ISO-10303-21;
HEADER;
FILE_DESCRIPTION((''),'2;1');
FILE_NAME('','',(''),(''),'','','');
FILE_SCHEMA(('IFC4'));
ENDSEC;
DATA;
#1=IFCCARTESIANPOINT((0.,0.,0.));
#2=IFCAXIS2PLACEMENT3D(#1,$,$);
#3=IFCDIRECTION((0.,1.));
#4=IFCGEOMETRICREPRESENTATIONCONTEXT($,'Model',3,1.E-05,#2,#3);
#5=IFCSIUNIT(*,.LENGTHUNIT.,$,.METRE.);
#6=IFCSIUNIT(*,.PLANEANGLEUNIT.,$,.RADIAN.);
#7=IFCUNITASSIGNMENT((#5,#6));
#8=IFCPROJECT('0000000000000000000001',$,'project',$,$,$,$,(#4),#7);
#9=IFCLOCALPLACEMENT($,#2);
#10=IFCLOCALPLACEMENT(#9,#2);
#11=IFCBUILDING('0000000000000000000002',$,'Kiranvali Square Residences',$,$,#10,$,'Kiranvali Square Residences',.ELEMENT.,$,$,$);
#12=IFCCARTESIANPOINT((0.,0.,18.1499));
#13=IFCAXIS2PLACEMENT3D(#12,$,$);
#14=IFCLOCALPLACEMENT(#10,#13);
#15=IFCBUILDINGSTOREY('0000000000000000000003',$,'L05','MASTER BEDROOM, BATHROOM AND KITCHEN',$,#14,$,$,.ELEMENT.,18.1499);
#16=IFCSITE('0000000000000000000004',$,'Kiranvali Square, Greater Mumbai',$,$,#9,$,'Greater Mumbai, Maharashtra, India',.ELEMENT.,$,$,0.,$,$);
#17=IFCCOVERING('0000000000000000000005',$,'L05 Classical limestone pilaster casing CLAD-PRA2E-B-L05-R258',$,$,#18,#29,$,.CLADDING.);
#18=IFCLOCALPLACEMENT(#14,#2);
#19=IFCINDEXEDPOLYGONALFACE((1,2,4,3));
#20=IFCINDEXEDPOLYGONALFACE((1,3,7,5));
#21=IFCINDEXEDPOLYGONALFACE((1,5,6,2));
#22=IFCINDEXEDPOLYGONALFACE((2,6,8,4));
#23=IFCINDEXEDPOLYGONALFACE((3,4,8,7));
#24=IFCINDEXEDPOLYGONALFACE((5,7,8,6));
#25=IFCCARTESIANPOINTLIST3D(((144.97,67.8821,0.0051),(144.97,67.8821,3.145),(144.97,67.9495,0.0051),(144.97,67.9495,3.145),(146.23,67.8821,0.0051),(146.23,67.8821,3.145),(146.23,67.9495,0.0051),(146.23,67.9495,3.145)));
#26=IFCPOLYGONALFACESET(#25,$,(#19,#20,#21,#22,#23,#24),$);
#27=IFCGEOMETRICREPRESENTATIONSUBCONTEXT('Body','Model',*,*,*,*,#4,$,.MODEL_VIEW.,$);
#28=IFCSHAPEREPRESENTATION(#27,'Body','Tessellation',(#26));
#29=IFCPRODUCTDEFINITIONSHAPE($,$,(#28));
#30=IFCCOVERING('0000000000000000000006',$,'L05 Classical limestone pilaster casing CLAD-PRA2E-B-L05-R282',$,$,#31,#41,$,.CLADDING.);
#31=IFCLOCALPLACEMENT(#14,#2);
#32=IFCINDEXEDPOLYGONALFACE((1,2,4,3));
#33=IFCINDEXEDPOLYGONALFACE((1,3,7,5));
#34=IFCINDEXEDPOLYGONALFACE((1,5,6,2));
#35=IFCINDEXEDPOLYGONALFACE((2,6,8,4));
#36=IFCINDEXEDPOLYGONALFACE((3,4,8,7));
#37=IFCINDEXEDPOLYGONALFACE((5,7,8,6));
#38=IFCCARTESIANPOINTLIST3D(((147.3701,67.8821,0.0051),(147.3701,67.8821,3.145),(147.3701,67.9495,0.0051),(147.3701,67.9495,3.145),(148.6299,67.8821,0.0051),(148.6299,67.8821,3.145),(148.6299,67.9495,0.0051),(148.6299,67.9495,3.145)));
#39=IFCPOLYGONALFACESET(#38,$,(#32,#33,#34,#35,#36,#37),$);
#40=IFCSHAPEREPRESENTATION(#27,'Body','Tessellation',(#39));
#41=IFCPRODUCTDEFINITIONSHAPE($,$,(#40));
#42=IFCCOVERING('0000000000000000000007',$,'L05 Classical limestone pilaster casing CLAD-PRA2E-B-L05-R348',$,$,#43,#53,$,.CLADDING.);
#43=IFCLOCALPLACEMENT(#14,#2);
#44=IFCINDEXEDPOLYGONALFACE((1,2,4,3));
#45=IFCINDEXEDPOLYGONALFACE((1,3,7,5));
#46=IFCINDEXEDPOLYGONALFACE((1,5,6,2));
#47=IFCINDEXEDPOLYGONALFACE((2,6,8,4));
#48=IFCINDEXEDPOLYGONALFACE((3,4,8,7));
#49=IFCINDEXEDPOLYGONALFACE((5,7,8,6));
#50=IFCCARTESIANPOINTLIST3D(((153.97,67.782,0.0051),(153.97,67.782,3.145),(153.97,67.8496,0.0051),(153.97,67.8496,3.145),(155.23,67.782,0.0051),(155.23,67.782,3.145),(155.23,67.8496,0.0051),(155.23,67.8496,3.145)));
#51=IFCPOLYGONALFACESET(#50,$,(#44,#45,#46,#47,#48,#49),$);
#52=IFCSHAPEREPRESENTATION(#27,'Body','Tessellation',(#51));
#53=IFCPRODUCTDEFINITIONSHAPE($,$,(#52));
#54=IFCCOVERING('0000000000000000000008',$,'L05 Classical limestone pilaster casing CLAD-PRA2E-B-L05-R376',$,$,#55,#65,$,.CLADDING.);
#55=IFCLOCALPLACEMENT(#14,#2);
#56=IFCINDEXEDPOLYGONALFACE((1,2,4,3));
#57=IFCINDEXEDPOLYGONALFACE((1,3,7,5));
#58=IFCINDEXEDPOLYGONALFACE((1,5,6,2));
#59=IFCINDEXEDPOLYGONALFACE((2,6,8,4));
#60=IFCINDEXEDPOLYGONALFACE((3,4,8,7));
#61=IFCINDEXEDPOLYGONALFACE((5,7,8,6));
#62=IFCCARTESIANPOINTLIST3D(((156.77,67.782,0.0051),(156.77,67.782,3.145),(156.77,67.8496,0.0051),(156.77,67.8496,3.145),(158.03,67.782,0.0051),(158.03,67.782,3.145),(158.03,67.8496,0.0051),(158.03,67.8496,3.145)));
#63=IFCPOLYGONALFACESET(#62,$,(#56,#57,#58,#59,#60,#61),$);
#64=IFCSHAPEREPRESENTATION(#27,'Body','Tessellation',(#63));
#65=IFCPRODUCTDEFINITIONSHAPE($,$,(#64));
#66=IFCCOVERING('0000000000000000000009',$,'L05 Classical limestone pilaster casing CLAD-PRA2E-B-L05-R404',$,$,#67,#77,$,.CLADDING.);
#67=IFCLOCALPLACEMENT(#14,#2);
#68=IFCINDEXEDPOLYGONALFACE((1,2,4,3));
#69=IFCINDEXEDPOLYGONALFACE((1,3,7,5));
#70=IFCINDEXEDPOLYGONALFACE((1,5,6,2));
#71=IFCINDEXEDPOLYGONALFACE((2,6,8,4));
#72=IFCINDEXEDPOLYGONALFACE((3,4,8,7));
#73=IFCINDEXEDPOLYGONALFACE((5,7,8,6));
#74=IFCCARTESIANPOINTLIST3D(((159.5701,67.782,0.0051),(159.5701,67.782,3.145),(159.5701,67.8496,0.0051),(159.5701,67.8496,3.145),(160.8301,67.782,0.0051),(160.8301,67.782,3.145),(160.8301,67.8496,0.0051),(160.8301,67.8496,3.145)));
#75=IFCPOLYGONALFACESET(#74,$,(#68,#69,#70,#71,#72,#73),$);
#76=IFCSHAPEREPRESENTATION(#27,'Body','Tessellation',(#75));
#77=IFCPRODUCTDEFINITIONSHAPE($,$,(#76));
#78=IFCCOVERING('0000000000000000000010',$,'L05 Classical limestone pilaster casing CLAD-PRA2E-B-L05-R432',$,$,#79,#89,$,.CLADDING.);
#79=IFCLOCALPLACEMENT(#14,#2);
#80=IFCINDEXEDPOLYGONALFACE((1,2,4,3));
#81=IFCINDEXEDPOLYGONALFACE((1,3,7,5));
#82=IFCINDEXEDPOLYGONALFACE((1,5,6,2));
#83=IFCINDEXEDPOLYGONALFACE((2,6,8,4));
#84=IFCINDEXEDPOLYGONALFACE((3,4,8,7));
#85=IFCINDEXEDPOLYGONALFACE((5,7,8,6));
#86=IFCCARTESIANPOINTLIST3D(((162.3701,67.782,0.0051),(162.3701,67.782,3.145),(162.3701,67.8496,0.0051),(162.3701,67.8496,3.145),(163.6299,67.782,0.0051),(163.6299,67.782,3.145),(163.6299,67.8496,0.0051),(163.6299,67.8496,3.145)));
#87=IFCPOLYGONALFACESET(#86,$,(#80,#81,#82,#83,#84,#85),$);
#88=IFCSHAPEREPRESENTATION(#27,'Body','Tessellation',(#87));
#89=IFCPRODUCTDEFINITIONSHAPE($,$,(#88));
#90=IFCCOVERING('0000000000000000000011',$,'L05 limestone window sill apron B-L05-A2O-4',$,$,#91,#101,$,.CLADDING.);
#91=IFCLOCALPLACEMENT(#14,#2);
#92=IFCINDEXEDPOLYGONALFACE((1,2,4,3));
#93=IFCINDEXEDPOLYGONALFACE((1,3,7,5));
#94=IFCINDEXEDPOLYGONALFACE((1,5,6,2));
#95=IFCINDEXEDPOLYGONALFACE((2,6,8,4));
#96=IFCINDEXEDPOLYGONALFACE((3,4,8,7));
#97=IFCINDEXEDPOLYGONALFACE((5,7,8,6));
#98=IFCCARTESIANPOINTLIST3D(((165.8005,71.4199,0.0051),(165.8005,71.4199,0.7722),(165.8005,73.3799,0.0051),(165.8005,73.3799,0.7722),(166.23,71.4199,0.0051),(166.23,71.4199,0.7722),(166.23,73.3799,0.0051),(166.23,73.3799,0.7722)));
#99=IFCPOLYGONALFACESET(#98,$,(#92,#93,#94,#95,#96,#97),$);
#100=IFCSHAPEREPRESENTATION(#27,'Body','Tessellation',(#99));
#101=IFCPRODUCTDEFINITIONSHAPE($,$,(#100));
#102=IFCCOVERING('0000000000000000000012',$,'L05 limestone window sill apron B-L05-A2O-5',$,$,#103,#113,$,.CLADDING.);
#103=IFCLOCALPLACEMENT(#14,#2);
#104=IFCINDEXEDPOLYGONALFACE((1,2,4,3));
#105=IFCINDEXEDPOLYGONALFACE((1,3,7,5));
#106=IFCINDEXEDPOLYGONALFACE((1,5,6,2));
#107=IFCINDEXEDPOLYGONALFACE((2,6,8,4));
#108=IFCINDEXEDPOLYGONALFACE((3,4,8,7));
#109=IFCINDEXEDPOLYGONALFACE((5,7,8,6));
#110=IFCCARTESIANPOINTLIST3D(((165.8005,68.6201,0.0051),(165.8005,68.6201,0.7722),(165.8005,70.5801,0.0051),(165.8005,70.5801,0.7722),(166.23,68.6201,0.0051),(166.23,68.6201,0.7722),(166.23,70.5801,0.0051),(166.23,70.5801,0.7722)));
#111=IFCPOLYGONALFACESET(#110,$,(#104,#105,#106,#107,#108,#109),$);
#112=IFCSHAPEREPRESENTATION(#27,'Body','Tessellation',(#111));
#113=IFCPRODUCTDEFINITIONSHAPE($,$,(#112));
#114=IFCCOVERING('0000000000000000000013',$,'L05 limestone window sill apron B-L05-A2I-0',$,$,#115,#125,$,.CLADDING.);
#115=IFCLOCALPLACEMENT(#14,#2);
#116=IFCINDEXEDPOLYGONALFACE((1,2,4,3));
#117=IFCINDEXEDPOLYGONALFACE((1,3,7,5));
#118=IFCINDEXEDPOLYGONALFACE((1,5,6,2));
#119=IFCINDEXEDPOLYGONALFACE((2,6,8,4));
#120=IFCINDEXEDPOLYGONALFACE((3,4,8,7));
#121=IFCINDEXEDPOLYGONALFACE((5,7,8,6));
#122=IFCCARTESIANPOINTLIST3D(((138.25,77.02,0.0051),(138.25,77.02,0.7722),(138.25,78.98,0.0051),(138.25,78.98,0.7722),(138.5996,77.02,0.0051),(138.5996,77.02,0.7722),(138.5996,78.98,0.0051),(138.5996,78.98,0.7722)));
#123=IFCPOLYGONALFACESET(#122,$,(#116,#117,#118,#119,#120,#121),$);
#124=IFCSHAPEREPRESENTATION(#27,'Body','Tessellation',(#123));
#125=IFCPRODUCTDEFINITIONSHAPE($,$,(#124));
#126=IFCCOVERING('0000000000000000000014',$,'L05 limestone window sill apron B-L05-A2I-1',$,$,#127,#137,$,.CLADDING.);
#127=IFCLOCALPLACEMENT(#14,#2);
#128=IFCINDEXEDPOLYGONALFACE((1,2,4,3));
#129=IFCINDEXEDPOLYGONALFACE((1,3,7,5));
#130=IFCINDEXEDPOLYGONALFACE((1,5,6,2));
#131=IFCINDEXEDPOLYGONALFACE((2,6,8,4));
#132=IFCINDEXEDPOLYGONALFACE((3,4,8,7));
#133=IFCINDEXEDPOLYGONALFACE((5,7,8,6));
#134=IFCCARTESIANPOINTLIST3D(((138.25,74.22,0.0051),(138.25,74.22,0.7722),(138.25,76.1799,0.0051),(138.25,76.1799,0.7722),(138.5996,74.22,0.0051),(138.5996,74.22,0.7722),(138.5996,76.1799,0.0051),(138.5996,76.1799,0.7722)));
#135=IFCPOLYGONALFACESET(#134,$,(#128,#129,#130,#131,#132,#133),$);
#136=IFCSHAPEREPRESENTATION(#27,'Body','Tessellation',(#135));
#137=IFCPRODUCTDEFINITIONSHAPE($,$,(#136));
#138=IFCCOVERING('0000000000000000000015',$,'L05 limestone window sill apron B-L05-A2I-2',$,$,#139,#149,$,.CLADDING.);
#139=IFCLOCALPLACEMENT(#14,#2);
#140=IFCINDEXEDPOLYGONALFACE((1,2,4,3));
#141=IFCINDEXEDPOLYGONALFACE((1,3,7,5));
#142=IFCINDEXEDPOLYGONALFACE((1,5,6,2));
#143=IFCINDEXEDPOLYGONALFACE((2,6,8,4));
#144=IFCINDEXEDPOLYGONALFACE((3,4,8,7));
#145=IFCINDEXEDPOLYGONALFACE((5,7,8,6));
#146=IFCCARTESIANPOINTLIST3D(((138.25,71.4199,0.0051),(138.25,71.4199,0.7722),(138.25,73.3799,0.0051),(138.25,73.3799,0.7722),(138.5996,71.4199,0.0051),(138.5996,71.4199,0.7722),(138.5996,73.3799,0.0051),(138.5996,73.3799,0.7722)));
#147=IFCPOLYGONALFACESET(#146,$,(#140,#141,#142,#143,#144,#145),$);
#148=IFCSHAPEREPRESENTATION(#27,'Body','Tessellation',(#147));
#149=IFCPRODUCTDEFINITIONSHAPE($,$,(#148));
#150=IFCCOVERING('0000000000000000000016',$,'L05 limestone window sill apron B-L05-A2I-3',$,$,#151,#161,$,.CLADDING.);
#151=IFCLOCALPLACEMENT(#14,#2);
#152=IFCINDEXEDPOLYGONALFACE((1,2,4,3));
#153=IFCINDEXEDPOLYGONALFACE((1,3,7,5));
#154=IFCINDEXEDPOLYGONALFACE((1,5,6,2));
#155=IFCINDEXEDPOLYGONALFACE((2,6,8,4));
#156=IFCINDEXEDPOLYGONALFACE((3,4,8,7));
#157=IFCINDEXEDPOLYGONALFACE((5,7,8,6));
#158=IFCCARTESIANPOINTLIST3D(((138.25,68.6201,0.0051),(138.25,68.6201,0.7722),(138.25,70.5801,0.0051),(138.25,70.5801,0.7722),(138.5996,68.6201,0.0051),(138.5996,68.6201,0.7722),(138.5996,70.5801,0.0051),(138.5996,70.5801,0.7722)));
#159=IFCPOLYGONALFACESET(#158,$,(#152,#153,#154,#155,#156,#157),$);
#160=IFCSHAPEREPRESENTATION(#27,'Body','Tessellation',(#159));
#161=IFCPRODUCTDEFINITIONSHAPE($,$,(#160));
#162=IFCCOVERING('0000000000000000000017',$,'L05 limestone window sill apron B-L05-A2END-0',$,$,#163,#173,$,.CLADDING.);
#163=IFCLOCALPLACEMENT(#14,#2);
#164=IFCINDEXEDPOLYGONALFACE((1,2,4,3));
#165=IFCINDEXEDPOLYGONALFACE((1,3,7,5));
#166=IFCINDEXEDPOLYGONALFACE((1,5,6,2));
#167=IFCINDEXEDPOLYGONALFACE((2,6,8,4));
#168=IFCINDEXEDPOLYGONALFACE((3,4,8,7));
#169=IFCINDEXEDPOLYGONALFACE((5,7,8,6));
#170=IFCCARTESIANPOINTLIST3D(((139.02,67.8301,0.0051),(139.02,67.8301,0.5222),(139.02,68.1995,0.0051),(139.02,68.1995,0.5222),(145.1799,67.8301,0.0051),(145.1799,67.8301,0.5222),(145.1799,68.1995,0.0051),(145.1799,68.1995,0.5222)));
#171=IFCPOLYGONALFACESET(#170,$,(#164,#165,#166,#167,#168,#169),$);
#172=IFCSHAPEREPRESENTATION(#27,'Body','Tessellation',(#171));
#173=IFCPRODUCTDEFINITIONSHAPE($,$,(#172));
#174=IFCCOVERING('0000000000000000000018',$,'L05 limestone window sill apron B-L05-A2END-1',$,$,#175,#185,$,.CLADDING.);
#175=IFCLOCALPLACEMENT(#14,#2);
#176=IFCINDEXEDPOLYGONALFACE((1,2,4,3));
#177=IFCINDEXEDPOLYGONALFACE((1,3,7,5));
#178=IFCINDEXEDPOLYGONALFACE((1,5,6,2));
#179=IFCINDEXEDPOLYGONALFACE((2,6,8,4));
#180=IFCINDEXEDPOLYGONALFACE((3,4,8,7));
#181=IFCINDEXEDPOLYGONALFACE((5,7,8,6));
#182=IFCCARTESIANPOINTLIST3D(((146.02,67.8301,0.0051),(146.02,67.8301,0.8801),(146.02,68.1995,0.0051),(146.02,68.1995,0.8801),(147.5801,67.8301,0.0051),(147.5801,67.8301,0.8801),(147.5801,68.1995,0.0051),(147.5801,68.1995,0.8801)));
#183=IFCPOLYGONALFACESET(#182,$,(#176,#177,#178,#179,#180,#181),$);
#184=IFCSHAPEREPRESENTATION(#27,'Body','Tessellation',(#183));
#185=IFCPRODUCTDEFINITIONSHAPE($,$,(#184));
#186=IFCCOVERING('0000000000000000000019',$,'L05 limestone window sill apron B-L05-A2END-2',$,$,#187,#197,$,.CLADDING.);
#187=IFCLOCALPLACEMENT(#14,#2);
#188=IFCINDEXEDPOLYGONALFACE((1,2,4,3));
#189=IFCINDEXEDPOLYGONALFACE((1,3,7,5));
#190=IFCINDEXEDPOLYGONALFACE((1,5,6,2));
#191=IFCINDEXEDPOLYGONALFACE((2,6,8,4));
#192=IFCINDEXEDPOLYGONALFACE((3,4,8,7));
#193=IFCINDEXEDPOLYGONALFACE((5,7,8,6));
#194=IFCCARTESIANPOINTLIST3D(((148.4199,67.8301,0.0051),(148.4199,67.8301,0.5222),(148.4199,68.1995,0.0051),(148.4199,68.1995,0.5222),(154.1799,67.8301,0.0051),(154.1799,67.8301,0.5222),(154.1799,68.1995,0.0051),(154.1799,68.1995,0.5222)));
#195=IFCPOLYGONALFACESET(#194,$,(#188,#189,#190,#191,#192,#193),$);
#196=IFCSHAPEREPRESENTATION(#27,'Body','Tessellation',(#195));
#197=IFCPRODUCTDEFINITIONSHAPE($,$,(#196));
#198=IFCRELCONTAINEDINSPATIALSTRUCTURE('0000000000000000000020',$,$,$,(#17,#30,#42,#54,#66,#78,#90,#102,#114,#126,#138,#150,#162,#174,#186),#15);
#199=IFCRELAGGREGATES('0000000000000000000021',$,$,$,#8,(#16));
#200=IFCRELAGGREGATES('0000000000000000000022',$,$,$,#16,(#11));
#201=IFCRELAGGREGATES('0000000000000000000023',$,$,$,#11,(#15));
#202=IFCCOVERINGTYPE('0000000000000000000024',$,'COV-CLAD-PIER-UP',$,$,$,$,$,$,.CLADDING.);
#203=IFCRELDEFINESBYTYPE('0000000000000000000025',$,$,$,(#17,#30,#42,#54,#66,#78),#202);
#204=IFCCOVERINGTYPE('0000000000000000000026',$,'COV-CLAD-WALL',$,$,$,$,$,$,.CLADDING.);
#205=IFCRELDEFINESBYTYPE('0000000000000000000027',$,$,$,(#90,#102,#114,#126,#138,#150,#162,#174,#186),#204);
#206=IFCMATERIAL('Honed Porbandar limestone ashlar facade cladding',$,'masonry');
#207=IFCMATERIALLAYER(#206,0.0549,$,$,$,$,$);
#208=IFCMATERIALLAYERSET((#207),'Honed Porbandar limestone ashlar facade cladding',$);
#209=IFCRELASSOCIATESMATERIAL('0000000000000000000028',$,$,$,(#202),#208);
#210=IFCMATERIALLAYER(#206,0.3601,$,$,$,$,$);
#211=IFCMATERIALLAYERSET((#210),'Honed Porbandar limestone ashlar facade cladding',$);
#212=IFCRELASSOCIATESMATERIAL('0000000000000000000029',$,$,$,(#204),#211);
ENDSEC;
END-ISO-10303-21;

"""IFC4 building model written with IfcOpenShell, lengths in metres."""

from ifc_helpers import new_model, si_unit, direction, frame, origin, place, context, subcontext, project, spatial, polyline, outline, extrude, material, layer, layer_set, type_object, element, save


model = new_model("IFC4")

# Units and contexts
model_context = context("Model", 3, precision=1e-05, world=origin(), true_north=direction((0.0, 1.0)))
body_context = subcontext(model_context, "Body", "Model", "MODEL_VIEW")
ifc_project = project(units=[si_unit("LENGTHUNIT", "METRE"), si_unit("PLANEANGLEUNIT", "RADIAN")], contexts=[model_context])

# Site, building, storey
site_placement = place(None, origin())
site = spatial("IfcSite", under=ifc_project, at=site_placement, Name="Kiranvali Square, Greater Mumbai", LongName="Greater Mumbai, Maharashtra, India", CompositionType="ELEMENT", RefElevation=0.0)
building_placement = place(site_placement, origin())
building = spatial("IfcBuilding", under=site, at=building_placement, Name="Kiranvali Square Residences", LongName="Kiranvali Square Residences", CompositionType="ELEMENT")
storey_placement = place(building_placement, frame((0.0, 0.0, 18.1499)))
storey = spatial("IfcBuildingStorey", under=building, at=storey_placement, Name="L05", Description="MASTER BEDROOM, BATHROOM AND KITCHEN", CompositionType="ELEMENT", Elevation=18.1499)

# Coverings
ifc_material = material(Name="Honed Porbandar limestone ashlar facade cladding", Category="masonry")
ifc_layer_1 = layer(ifc_material, 0.0549)
ifc_layer_set_1 = layer_set([ifc_layer_1], Name="Honed Porbandar limestone ashlar facade cladding")
covering_type_1 = type_object("IfcCoveringType", Name="COV-CLAD-PIER-UP", PredefinedType="CLADDING", material=ifc_layer_set_1)
covering_1_placement = place(storey_placement, frame((0.0, 0.0, 0.0051)))
element("IfcCovering", 1, at=covering_1_placement, inside=storey, type_object=covering_type_1, Name="L05 Classical limestone pilaster casing CLAD-PRA2E-B-L05-R258", PredefinedType="CLADDING", context=body_context, shape_type="SweptSolid", body=[
    extrude(outline(polyline([(144.97, 67.8821), (146.23, 67.8821), (146.23, 67.9495), (144.97, 67.9495), (144.97, 67.8821)])), origin(), (0.0, 0.0, 1.0), 3.1399),
])
covering_2_placement = place(storey_placement, frame((0.0, 0.0, 0.0051)))
element("IfcCovering", 2, at=covering_2_placement, inside=storey, type_object=covering_type_1, Name="L05 Classical limestone pilaster casing CLAD-PRA2E-B-L05-R282", PredefinedType="CLADDING", context=body_context, shape_type="SweptSolid", body=[
    extrude(outline(polyline([(147.3701, 67.8821), (148.6299, 67.8821), (148.6299, 67.9495), (147.3701, 67.9495), (147.3701, 67.8821)])), origin(), (0.0, 0.0, 1.0), 3.1399),
])
covering_3_placement = place(storey_placement, frame((0.0, 0.0, 0.0051)))
element("IfcCovering", 3, at=covering_3_placement, inside=storey, type_object=covering_type_1, Name="L05 Classical limestone pilaster casing CLAD-PRA2E-B-L05-R348", PredefinedType="CLADDING", context=body_context, shape_type="SweptSolid", body=[
    extrude(outline(polyline([(153.97, 67.782), (155.23, 67.782), (155.23, 67.8496), (153.97, 67.8496), (153.97, 67.782)])), origin(), (0.0, 0.0, 1.0), 3.1399),
])
covering_4_placement = place(storey_placement, frame((0.0, 0.0, 0.0051)))
element("IfcCovering", 4, at=covering_4_placement, inside=storey, type_object=covering_type_1, Name="L05 Classical limestone pilaster casing CLAD-PRA2E-B-L05-R376", PredefinedType="CLADDING", context=body_context, shape_type="SweptSolid", body=[
    extrude(outline(polyline([(156.77, 67.782), (158.03, 67.782), (158.03, 67.8496), (156.77, 67.8496), (156.77, 67.782)])), origin(), (0.0, 0.0, 1.0), 3.1399),
])
covering_5_placement = place(storey_placement, frame((0.0, 0.0, 0.0051)))
element("IfcCovering", 5, at=covering_5_placement, inside=storey, type_object=covering_type_1, Name="L05 Classical limestone pilaster casing CLAD-PRA2E-B-L05-R404", PredefinedType="CLADDING", context=body_context, shape_type="SweptSolid", body=[
    extrude(outline(polyline([(159.5701, 67.782), (160.8301, 67.782), (160.8301, 67.8496), (159.5701, 67.8496), (159.5701, 67.782)])), origin(), (0.0, 0.0, 1.0), 3.1399),
])
covering_6_placement = place(storey_placement, frame((0.0, 0.0, 0.0051)))
element("IfcCovering", 6, at=covering_6_placement, inside=storey, type_object=covering_type_1, Name="L05 Classical limestone pilaster casing CLAD-PRA2E-B-L05-R432", PredefinedType="CLADDING", context=body_context, shape_type="SweptSolid", body=[
    extrude(outline(polyline([(162.3701, 67.782), (163.6299, 67.782), (163.6299, 67.8496), (162.3701, 67.8496), (162.3701, 67.782)])), origin(), (0.0, 0.0, 1.0), 3.1399),
])
ifc_layer_2 = layer(ifc_material, 0.3601)
ifc_layer_set_2 = layer_set([ifc_layer_2], Name="Honed Porbandar limestone ashlar facade cladding")
covering_type_2 = type_object("IfcCoveringType", Name="COV-CLAD-WALL", PredefinedType="CLADDING", material=ifc_layer_set_2)
covering_7_placement = place(storey_placement, frame((0.0, 0.0, 0.0051)))
element("IfcCovering", 7, at=covering_7_placement, inside=storey, type_object=covering_type_2, Name="L05 limestone window sill apron B-L05-A2O-4", PredefinedType="CLADDING", context=body_context, shape_type="SweptSolid", body=[
    extrude(outline(polyline([(165.8005, 73.3799), (165.8005, 71.4199), (166.23, 71.4199), (166.23, 73.3799), (165.8005, 73.3799)])), origin(), (0.0, 0.0, 1.0), 0.7671),
])
covering_8_placement = place(storey_placement, frame((0.0, 0.0, 0.0051)))
element("IfcCovering", 8, at=covering_8_placement, inside=storey, type_object=covering_type_2, Name="L05 limestone window sill apron B-L05-A2O-5", PredefinedType="CLADDING", context=body_context, shape_type="SweptSolid", body=[
    extrude(outline(polyline([(165.8005, 70.5801), (165.8005, 68.6201), (166.23, 68.6201), (166.23, 70.5801), (165.8005, 70.5801)])), origin(), (0.0, 0.0, 1.0), 0.7671),
])
covering_9_placement = place(storey_placement, frame((0.0, 0.0, 0.0051)))
element("IfcCovering", 9, at=covering_9_placement, inside=storey, type_object=covering_type_2, Name="L05 limestone window sill apron B-L05-A2I-0", PredefinedType="CLADDING", context=body_context, shape_type="SweptSolid", body=[
    extrude(outline(polyline([(138.25, 78.98), (138.25, 77.02), (138.5996, 77.02), (138.5996, 78.98), (138.25, 78.98)])), origin(), (0.0, 0.0, 1.0), 0.7671),
])
covering_10_placement = place(storey_placement, frame((0.0, 0.0, 0.0051)))
element("IfcCovering", 10, at=covering_10_placement, inside=storey, type_object=covering_type_2, Name="L05 limestone window sill apron B-L05-A2I-1", PredefinedType="CLADDING", context=body_context, shape_type="SweptSolid", body=[
    extrude(outline(polyline([(138.25, 76.1799), (138.25, 74.22), (138.5996, 74.22), (138.5996, 76.1799), (138.25, 76.1799)])), origin(), (0.0, 0.0, 1.0), 0.7671),
])
covering_11_placement = place(storey_placement, frame((0.0, 0.0, 0.0051)))
element("IfcCovering", 11, at=covering_11_placement, inside=storey, type_object=covering_type_2, Name="L05 limestone window sill apron B-L05-A2I-2", PredefinedType="CLADDING", context=body_context, shape_type="SweptSolid", body=[
    extrude(outline(polyline([(138.25, 73.3799), (138.25, 71.4199), (138.5996, 71.4199), (138.5996, 73.3799), (138.25, 73.3799)])), origin(), (0.0, 0.0, 1.0), 0.7671),
])
covering_12_placement = place(storey_placement, frame((0.0, 0.0, 0.0051)))
element("IfcCovering", 12, at=covering_12_placement, inside=storey, type_object=covering_type_2, Name="L05 limestone window sill apron B-L05-A2I-3", PredefinedType="CLADDING", context=body_context, shape_type="SweptSolid", body=[
    extrude(outline(polyline([(138.25, 70.5801), (138.25, 68.6201), (138.5996, 68.6201), (138.5996, 70.5801), (138.25, 70.5801)])), origin(), (0.0, 0.0, 1.0), 0.7671),
])
covering_13_placement = place(storey_placement, frame((0.0, 0.0, 0.0051)))
element("IfcCovering", 13, at=covering_13_placement, inside=storey, type_object=covering_type_2, Name="L05 limestone window sill apron B-L05-A2END-0", PredefinedType="CLADDING", context=body_context, shape_type="SweptSolid", body=[
    extrude(outline(polyline([(139.02, 67.8301), (145.1799, 67.8301), (145.1799, 68.1995), (139.02, 68.1995), (139.02, 67.8301)])), origin(), (0.0, 0.0, 1.0), 0.5171),
])
covering_14_placement = place(storey_placement, frame((0.0, 0.0, 0.0051)))
element("IfcCovering", 14, at=covering_14_placement, inside=storey, type_object=covering_type_2, Name="L05 limestone window sill apron B-L05-A2END-1", PredefinedType="CLADDING", context=body_context, shape_type="SweptSolid", body=[
    extrude(outline(polyline([(146.02, 67.8301), (147.5801, 67.8301), (147.5801, 68.1995), (146.02, 68.1995), (146.02, 67.8301)])), origin(), (0.0, 0.0, 1.0), 0.875),
])
covering_15_placement = place(storey_placement, frame((0.0, 0.0, 0.0051)))
element("IfcCovering", 15, at=covering_15_placement, inside=storey, type_object=covering_type_2, Name="L05 limestone window sill apron B-L05-A2END-2", PredefinedType="CLADDING", context=body_context, shape_type="SweptSolid", body=[
    extrude(outline(polyline([(148.4199, 67.8301), (154.1799, 67.8301), (154.1799, 68.1995), (148.4199, 68.1995), (148.4199, 67.8301)])), origin(), (0.0, 0.0, 1.0), 0.5171),
])

save(model, "model.ifc")
